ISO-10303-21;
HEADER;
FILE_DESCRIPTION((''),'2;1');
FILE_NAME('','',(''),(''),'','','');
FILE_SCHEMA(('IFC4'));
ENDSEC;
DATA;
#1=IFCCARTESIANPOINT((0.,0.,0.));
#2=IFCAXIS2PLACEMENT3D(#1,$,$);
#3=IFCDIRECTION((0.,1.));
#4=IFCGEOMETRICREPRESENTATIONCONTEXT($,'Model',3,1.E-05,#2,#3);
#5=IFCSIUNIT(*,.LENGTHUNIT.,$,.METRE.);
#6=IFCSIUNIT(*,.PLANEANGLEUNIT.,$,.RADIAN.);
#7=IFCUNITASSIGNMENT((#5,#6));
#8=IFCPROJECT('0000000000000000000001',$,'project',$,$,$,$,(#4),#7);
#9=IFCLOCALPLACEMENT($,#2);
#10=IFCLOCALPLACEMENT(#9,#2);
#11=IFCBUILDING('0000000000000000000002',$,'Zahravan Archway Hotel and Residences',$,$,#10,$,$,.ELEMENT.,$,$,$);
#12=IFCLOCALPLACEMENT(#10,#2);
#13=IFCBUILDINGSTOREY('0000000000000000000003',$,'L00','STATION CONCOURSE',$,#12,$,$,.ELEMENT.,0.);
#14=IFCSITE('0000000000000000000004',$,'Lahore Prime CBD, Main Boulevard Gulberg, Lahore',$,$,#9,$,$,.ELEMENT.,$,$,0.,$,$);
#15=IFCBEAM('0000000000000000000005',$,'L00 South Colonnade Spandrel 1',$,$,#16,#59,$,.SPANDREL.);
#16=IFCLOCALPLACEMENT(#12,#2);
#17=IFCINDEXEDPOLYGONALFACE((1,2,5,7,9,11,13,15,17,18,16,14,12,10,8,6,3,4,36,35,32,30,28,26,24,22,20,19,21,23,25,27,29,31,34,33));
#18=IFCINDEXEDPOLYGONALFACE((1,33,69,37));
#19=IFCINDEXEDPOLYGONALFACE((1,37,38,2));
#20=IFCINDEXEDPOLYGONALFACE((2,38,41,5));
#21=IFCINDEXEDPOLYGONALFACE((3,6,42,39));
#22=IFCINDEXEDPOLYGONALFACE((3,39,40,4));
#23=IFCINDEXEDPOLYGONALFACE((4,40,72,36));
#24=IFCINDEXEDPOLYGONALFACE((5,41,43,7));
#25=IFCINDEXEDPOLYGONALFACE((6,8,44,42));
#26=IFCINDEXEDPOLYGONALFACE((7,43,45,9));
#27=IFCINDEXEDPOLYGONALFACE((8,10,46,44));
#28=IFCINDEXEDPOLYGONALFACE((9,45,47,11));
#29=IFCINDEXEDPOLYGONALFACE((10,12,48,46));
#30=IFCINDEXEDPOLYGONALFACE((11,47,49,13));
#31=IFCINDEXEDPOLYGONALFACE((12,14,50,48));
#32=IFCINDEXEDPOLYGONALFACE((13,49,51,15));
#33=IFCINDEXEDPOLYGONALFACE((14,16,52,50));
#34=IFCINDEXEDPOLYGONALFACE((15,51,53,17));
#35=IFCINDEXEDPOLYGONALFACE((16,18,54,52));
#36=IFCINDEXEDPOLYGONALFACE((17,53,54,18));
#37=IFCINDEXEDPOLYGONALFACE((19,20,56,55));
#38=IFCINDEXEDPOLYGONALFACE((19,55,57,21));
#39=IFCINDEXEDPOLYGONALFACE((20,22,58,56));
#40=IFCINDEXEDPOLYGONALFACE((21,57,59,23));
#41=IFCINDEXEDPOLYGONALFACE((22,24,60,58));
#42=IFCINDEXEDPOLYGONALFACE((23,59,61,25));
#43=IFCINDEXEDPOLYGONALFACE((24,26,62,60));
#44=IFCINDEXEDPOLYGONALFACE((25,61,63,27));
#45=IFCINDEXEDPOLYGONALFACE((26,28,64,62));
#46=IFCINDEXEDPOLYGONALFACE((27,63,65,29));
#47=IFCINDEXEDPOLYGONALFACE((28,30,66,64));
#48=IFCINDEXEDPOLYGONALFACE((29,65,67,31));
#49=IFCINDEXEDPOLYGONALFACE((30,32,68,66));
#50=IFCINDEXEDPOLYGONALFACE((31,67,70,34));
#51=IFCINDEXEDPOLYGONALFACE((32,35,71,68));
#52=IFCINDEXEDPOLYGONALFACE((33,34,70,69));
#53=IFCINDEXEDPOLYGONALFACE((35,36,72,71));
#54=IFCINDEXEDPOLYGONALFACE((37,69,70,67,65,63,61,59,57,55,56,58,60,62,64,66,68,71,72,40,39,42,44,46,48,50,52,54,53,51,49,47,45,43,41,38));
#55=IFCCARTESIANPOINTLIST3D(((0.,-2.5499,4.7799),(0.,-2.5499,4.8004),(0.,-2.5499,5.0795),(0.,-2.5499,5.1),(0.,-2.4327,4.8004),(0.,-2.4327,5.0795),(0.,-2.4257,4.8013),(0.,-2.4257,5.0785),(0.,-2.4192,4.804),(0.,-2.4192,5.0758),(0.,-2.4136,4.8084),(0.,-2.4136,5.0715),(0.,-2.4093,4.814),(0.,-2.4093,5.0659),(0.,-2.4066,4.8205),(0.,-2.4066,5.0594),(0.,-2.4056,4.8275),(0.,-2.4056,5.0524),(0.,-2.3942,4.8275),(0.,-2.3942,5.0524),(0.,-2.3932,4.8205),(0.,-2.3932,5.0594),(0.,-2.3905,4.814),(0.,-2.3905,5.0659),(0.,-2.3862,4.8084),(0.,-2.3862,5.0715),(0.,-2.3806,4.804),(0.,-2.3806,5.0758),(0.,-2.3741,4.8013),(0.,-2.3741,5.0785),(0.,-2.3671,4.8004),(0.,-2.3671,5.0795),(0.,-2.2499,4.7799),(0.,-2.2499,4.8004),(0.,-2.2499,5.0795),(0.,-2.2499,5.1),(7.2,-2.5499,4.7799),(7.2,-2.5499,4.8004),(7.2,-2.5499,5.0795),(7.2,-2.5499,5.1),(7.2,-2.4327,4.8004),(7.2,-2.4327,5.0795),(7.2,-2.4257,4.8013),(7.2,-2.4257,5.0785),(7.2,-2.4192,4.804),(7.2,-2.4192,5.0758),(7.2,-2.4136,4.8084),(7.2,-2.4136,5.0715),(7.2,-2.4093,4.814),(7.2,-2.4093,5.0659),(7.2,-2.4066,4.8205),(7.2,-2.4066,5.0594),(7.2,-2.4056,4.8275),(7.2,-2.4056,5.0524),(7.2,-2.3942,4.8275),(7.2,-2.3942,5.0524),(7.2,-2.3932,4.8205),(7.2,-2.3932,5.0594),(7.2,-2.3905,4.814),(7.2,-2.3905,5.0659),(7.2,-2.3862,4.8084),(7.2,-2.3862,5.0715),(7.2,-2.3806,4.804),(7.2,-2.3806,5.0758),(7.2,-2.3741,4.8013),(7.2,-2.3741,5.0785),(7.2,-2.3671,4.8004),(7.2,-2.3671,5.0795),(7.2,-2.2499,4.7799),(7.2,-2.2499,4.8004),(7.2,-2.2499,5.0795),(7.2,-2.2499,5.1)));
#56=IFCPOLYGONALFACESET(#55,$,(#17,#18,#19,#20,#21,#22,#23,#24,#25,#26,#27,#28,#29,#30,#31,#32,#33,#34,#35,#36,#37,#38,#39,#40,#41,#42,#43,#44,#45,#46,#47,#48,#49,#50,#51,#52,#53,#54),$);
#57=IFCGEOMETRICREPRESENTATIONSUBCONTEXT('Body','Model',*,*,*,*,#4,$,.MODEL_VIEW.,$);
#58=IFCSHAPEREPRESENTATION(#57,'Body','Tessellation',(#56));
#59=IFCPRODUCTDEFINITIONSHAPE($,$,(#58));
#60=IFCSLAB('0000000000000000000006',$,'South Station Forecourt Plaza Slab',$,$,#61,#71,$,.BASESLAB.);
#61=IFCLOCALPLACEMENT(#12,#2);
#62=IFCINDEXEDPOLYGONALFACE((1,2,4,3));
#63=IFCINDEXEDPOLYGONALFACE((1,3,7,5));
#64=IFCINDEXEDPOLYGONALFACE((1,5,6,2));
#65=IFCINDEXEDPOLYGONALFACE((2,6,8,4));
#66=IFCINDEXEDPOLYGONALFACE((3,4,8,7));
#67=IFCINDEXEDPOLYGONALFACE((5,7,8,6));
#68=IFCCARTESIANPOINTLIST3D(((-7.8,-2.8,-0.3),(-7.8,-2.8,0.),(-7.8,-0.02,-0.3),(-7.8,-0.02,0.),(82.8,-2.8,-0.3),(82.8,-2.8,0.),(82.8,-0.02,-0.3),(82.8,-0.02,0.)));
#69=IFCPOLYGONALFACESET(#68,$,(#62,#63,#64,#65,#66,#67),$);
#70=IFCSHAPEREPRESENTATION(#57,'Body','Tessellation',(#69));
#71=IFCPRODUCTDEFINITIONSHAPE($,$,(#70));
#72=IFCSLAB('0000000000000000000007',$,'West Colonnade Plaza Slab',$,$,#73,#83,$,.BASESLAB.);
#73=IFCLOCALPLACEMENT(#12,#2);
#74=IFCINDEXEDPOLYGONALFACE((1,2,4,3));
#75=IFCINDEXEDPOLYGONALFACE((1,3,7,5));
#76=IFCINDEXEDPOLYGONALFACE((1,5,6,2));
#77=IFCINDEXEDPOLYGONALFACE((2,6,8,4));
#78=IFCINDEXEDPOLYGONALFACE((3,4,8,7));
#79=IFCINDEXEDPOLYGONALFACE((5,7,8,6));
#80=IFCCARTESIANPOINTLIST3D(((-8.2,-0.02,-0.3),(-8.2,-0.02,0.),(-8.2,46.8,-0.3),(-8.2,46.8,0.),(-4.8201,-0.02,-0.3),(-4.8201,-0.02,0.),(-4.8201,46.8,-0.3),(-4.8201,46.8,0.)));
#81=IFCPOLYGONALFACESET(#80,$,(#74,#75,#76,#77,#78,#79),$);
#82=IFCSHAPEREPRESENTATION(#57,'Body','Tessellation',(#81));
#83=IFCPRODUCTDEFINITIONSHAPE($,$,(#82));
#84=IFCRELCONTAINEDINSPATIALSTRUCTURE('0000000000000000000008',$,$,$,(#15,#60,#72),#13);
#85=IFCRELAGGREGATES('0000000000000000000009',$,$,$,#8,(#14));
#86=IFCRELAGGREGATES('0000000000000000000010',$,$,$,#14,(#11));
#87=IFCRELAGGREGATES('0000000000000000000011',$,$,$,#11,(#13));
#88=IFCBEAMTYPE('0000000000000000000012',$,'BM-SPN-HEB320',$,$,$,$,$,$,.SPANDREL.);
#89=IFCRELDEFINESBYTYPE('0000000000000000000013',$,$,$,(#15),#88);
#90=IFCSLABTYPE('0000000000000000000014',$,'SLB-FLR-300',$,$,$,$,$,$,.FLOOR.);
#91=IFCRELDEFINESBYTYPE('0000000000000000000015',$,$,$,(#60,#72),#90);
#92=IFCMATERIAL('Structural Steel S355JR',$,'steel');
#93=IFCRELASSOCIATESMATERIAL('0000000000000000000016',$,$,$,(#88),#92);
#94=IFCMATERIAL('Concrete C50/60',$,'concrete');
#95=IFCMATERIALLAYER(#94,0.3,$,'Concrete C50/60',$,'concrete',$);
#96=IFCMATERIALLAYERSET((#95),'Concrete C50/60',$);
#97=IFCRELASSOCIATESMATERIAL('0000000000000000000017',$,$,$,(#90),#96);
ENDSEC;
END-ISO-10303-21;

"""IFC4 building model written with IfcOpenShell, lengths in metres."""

from ifc_helpers import new_model, si_unit, direction, frame, origin, origin_2d, place, context, subcontext, project, spatial, polyline, i_section, outline, extrude, source, transform, mapped, material, layer, layer_set, material_profile, profile_set, type_object, type_shapes, element, save


model = new_model("IFC4")

# Units and contexts
model_context = context("Model", 3, precision=1e-05, world=origin(), true_north=direction((0.0, 1.0)))
body_context = subcontext(model_context, "Body", "Model", "MODEL_VIEW")
ifc_project = project(units=[si_unit("LENGTHUNIT", "METRE"), si_unit("PLANEANGLEUNIT", "RADIAN")], contexts=[model_context])

# Site, building, storey
site_placement = place(None, origin())
site = spatial("IfcSite", under=ifc_project, at=site_placement, Name="Lahore Prime CBD, Main Boulevard Gulberg, Lahore", CompositionType="ELEMENT", RefElevation=0.0)
building_placement = place(site_placement, origin())
building = spatial("IfcBuilding", under=site, at=building_placement, Name="Zahravan Archway Hotel and Residences", CompositionType="ELEMENT")
storey_placement = place(building_placement, origin())
storey = spatial("IfcBuildingStorey", under=building, at=storey_placement, Name="L00", Description="STATION CONCOURSE", CompositionType="ELEMENT", Elevation=0.0)

# Shared definitions
ifc_material_1 = material(Name="Concrete C50/60", Category="concrete")

# Beam
ifc_material_2 = material(Name="Structural Steel S355JR", Category="steel")
ifc_material_profile_1 = material_profile(ifc_material_2, i_section(OverallWidth=0.3, OverallDepth=0.3201, WebThickness=0.0115, FlangeThickness=0.0205, FilletRadius=0.0271, at=origin_2d()), Name="HEB 320", Category="steel")
ifc_profile_set_1 = profile_set([ifc_material_profile_1], Name="Structural Steel S355JR")
beam_type_1 = type_object("IfcBeamType", Name="BM-SPN-HEB320", PredefinedType="SPANDREL", material=ifc_profile_set_1)
shared_shape_1 = source(origin(), body_context, "Body", "SweptSolid", [
    extrude(i_section(OverallWidth=0.3, OverallDepth=0.3201, WebThickness=0.0115, FlangeThickness=0.0205, FilletRadius=0.0271, at=origin_2d()), origin(), (0.0, 0.0, 1.0), 7.2),
])
type_shapes(beam_type_1, [shared_shape_1])
beam_1_placement = place(storey_placement, frame((0.0, -2.3999, 4.9399), z_axis=(1.0, 0.0, 0.0), x_axis=(0.0, 1.0, 0.0)))
element("IfcBeam", 1, at=beam_1_placement, inside=storey, type_object=beam_type_1, Name="L00 South Colonnade Spandrel 1", PredefinedType="SPANDREL", context=body_context, shape_type="MappedRepresentation", body=[
    mapped(shared_shape_1, transform((0.0, 0.0, 0.0), scale=1.0)),
])

# Slabs
ifc_layer_1 = layer(ifc_material_1, 0.3, Name="Concrete C50/60", Category="concrete")
ifc_layer_set_1 = layer_set([ifc_layer_1], Name="Concrete C50/60")
slab_type_1 = type_object("IfcSlabType", Name="SLB-FLR-300", PredefinedType="FLOOR", material=ifc_layer_set_1)
slab_1_placement = place(storey_placement, frame((0.0, 0.0, -0.3)))
element("IfcSlab", 2, at=slab_1_placement, inside=storey, type_object=slab_type_1, Name="South Station Forecourt Plaza Slab", PredefinedType="BASESLAB", context=body_context, shape_type="SweptSolid", body=[
    extrude(outline(polyline([(-7.8, -2.8), (82.8, -2.8), (82.8, -0.02), (-7.8, -0.02), (-7.8, -2.8)])), origin(), (0.0, 0.0, 1.0), 0.3),
])
slab_2_placement = place(storey_placement, frame((0.0, 0.0, -0.3)))
element("IfcSlab", 3, at=slab_2_placement, inside=storey, type_object=slab_type_1, Name="West Colonnade Plaza Slab", PredefinedType="BASESLAB", context=body_context, shape_type="SweptSolid", body=[
    extrude(outline(polyline([(-8.2, -0.02), (-4.8201, -0.02), (-4.8201, 46.8), (-8.2, 46.8), (-8.2, -0.02)])), origin(), (0.0, 0.0, 1.0), 0.3),
])

save(model, "model.ifc")
